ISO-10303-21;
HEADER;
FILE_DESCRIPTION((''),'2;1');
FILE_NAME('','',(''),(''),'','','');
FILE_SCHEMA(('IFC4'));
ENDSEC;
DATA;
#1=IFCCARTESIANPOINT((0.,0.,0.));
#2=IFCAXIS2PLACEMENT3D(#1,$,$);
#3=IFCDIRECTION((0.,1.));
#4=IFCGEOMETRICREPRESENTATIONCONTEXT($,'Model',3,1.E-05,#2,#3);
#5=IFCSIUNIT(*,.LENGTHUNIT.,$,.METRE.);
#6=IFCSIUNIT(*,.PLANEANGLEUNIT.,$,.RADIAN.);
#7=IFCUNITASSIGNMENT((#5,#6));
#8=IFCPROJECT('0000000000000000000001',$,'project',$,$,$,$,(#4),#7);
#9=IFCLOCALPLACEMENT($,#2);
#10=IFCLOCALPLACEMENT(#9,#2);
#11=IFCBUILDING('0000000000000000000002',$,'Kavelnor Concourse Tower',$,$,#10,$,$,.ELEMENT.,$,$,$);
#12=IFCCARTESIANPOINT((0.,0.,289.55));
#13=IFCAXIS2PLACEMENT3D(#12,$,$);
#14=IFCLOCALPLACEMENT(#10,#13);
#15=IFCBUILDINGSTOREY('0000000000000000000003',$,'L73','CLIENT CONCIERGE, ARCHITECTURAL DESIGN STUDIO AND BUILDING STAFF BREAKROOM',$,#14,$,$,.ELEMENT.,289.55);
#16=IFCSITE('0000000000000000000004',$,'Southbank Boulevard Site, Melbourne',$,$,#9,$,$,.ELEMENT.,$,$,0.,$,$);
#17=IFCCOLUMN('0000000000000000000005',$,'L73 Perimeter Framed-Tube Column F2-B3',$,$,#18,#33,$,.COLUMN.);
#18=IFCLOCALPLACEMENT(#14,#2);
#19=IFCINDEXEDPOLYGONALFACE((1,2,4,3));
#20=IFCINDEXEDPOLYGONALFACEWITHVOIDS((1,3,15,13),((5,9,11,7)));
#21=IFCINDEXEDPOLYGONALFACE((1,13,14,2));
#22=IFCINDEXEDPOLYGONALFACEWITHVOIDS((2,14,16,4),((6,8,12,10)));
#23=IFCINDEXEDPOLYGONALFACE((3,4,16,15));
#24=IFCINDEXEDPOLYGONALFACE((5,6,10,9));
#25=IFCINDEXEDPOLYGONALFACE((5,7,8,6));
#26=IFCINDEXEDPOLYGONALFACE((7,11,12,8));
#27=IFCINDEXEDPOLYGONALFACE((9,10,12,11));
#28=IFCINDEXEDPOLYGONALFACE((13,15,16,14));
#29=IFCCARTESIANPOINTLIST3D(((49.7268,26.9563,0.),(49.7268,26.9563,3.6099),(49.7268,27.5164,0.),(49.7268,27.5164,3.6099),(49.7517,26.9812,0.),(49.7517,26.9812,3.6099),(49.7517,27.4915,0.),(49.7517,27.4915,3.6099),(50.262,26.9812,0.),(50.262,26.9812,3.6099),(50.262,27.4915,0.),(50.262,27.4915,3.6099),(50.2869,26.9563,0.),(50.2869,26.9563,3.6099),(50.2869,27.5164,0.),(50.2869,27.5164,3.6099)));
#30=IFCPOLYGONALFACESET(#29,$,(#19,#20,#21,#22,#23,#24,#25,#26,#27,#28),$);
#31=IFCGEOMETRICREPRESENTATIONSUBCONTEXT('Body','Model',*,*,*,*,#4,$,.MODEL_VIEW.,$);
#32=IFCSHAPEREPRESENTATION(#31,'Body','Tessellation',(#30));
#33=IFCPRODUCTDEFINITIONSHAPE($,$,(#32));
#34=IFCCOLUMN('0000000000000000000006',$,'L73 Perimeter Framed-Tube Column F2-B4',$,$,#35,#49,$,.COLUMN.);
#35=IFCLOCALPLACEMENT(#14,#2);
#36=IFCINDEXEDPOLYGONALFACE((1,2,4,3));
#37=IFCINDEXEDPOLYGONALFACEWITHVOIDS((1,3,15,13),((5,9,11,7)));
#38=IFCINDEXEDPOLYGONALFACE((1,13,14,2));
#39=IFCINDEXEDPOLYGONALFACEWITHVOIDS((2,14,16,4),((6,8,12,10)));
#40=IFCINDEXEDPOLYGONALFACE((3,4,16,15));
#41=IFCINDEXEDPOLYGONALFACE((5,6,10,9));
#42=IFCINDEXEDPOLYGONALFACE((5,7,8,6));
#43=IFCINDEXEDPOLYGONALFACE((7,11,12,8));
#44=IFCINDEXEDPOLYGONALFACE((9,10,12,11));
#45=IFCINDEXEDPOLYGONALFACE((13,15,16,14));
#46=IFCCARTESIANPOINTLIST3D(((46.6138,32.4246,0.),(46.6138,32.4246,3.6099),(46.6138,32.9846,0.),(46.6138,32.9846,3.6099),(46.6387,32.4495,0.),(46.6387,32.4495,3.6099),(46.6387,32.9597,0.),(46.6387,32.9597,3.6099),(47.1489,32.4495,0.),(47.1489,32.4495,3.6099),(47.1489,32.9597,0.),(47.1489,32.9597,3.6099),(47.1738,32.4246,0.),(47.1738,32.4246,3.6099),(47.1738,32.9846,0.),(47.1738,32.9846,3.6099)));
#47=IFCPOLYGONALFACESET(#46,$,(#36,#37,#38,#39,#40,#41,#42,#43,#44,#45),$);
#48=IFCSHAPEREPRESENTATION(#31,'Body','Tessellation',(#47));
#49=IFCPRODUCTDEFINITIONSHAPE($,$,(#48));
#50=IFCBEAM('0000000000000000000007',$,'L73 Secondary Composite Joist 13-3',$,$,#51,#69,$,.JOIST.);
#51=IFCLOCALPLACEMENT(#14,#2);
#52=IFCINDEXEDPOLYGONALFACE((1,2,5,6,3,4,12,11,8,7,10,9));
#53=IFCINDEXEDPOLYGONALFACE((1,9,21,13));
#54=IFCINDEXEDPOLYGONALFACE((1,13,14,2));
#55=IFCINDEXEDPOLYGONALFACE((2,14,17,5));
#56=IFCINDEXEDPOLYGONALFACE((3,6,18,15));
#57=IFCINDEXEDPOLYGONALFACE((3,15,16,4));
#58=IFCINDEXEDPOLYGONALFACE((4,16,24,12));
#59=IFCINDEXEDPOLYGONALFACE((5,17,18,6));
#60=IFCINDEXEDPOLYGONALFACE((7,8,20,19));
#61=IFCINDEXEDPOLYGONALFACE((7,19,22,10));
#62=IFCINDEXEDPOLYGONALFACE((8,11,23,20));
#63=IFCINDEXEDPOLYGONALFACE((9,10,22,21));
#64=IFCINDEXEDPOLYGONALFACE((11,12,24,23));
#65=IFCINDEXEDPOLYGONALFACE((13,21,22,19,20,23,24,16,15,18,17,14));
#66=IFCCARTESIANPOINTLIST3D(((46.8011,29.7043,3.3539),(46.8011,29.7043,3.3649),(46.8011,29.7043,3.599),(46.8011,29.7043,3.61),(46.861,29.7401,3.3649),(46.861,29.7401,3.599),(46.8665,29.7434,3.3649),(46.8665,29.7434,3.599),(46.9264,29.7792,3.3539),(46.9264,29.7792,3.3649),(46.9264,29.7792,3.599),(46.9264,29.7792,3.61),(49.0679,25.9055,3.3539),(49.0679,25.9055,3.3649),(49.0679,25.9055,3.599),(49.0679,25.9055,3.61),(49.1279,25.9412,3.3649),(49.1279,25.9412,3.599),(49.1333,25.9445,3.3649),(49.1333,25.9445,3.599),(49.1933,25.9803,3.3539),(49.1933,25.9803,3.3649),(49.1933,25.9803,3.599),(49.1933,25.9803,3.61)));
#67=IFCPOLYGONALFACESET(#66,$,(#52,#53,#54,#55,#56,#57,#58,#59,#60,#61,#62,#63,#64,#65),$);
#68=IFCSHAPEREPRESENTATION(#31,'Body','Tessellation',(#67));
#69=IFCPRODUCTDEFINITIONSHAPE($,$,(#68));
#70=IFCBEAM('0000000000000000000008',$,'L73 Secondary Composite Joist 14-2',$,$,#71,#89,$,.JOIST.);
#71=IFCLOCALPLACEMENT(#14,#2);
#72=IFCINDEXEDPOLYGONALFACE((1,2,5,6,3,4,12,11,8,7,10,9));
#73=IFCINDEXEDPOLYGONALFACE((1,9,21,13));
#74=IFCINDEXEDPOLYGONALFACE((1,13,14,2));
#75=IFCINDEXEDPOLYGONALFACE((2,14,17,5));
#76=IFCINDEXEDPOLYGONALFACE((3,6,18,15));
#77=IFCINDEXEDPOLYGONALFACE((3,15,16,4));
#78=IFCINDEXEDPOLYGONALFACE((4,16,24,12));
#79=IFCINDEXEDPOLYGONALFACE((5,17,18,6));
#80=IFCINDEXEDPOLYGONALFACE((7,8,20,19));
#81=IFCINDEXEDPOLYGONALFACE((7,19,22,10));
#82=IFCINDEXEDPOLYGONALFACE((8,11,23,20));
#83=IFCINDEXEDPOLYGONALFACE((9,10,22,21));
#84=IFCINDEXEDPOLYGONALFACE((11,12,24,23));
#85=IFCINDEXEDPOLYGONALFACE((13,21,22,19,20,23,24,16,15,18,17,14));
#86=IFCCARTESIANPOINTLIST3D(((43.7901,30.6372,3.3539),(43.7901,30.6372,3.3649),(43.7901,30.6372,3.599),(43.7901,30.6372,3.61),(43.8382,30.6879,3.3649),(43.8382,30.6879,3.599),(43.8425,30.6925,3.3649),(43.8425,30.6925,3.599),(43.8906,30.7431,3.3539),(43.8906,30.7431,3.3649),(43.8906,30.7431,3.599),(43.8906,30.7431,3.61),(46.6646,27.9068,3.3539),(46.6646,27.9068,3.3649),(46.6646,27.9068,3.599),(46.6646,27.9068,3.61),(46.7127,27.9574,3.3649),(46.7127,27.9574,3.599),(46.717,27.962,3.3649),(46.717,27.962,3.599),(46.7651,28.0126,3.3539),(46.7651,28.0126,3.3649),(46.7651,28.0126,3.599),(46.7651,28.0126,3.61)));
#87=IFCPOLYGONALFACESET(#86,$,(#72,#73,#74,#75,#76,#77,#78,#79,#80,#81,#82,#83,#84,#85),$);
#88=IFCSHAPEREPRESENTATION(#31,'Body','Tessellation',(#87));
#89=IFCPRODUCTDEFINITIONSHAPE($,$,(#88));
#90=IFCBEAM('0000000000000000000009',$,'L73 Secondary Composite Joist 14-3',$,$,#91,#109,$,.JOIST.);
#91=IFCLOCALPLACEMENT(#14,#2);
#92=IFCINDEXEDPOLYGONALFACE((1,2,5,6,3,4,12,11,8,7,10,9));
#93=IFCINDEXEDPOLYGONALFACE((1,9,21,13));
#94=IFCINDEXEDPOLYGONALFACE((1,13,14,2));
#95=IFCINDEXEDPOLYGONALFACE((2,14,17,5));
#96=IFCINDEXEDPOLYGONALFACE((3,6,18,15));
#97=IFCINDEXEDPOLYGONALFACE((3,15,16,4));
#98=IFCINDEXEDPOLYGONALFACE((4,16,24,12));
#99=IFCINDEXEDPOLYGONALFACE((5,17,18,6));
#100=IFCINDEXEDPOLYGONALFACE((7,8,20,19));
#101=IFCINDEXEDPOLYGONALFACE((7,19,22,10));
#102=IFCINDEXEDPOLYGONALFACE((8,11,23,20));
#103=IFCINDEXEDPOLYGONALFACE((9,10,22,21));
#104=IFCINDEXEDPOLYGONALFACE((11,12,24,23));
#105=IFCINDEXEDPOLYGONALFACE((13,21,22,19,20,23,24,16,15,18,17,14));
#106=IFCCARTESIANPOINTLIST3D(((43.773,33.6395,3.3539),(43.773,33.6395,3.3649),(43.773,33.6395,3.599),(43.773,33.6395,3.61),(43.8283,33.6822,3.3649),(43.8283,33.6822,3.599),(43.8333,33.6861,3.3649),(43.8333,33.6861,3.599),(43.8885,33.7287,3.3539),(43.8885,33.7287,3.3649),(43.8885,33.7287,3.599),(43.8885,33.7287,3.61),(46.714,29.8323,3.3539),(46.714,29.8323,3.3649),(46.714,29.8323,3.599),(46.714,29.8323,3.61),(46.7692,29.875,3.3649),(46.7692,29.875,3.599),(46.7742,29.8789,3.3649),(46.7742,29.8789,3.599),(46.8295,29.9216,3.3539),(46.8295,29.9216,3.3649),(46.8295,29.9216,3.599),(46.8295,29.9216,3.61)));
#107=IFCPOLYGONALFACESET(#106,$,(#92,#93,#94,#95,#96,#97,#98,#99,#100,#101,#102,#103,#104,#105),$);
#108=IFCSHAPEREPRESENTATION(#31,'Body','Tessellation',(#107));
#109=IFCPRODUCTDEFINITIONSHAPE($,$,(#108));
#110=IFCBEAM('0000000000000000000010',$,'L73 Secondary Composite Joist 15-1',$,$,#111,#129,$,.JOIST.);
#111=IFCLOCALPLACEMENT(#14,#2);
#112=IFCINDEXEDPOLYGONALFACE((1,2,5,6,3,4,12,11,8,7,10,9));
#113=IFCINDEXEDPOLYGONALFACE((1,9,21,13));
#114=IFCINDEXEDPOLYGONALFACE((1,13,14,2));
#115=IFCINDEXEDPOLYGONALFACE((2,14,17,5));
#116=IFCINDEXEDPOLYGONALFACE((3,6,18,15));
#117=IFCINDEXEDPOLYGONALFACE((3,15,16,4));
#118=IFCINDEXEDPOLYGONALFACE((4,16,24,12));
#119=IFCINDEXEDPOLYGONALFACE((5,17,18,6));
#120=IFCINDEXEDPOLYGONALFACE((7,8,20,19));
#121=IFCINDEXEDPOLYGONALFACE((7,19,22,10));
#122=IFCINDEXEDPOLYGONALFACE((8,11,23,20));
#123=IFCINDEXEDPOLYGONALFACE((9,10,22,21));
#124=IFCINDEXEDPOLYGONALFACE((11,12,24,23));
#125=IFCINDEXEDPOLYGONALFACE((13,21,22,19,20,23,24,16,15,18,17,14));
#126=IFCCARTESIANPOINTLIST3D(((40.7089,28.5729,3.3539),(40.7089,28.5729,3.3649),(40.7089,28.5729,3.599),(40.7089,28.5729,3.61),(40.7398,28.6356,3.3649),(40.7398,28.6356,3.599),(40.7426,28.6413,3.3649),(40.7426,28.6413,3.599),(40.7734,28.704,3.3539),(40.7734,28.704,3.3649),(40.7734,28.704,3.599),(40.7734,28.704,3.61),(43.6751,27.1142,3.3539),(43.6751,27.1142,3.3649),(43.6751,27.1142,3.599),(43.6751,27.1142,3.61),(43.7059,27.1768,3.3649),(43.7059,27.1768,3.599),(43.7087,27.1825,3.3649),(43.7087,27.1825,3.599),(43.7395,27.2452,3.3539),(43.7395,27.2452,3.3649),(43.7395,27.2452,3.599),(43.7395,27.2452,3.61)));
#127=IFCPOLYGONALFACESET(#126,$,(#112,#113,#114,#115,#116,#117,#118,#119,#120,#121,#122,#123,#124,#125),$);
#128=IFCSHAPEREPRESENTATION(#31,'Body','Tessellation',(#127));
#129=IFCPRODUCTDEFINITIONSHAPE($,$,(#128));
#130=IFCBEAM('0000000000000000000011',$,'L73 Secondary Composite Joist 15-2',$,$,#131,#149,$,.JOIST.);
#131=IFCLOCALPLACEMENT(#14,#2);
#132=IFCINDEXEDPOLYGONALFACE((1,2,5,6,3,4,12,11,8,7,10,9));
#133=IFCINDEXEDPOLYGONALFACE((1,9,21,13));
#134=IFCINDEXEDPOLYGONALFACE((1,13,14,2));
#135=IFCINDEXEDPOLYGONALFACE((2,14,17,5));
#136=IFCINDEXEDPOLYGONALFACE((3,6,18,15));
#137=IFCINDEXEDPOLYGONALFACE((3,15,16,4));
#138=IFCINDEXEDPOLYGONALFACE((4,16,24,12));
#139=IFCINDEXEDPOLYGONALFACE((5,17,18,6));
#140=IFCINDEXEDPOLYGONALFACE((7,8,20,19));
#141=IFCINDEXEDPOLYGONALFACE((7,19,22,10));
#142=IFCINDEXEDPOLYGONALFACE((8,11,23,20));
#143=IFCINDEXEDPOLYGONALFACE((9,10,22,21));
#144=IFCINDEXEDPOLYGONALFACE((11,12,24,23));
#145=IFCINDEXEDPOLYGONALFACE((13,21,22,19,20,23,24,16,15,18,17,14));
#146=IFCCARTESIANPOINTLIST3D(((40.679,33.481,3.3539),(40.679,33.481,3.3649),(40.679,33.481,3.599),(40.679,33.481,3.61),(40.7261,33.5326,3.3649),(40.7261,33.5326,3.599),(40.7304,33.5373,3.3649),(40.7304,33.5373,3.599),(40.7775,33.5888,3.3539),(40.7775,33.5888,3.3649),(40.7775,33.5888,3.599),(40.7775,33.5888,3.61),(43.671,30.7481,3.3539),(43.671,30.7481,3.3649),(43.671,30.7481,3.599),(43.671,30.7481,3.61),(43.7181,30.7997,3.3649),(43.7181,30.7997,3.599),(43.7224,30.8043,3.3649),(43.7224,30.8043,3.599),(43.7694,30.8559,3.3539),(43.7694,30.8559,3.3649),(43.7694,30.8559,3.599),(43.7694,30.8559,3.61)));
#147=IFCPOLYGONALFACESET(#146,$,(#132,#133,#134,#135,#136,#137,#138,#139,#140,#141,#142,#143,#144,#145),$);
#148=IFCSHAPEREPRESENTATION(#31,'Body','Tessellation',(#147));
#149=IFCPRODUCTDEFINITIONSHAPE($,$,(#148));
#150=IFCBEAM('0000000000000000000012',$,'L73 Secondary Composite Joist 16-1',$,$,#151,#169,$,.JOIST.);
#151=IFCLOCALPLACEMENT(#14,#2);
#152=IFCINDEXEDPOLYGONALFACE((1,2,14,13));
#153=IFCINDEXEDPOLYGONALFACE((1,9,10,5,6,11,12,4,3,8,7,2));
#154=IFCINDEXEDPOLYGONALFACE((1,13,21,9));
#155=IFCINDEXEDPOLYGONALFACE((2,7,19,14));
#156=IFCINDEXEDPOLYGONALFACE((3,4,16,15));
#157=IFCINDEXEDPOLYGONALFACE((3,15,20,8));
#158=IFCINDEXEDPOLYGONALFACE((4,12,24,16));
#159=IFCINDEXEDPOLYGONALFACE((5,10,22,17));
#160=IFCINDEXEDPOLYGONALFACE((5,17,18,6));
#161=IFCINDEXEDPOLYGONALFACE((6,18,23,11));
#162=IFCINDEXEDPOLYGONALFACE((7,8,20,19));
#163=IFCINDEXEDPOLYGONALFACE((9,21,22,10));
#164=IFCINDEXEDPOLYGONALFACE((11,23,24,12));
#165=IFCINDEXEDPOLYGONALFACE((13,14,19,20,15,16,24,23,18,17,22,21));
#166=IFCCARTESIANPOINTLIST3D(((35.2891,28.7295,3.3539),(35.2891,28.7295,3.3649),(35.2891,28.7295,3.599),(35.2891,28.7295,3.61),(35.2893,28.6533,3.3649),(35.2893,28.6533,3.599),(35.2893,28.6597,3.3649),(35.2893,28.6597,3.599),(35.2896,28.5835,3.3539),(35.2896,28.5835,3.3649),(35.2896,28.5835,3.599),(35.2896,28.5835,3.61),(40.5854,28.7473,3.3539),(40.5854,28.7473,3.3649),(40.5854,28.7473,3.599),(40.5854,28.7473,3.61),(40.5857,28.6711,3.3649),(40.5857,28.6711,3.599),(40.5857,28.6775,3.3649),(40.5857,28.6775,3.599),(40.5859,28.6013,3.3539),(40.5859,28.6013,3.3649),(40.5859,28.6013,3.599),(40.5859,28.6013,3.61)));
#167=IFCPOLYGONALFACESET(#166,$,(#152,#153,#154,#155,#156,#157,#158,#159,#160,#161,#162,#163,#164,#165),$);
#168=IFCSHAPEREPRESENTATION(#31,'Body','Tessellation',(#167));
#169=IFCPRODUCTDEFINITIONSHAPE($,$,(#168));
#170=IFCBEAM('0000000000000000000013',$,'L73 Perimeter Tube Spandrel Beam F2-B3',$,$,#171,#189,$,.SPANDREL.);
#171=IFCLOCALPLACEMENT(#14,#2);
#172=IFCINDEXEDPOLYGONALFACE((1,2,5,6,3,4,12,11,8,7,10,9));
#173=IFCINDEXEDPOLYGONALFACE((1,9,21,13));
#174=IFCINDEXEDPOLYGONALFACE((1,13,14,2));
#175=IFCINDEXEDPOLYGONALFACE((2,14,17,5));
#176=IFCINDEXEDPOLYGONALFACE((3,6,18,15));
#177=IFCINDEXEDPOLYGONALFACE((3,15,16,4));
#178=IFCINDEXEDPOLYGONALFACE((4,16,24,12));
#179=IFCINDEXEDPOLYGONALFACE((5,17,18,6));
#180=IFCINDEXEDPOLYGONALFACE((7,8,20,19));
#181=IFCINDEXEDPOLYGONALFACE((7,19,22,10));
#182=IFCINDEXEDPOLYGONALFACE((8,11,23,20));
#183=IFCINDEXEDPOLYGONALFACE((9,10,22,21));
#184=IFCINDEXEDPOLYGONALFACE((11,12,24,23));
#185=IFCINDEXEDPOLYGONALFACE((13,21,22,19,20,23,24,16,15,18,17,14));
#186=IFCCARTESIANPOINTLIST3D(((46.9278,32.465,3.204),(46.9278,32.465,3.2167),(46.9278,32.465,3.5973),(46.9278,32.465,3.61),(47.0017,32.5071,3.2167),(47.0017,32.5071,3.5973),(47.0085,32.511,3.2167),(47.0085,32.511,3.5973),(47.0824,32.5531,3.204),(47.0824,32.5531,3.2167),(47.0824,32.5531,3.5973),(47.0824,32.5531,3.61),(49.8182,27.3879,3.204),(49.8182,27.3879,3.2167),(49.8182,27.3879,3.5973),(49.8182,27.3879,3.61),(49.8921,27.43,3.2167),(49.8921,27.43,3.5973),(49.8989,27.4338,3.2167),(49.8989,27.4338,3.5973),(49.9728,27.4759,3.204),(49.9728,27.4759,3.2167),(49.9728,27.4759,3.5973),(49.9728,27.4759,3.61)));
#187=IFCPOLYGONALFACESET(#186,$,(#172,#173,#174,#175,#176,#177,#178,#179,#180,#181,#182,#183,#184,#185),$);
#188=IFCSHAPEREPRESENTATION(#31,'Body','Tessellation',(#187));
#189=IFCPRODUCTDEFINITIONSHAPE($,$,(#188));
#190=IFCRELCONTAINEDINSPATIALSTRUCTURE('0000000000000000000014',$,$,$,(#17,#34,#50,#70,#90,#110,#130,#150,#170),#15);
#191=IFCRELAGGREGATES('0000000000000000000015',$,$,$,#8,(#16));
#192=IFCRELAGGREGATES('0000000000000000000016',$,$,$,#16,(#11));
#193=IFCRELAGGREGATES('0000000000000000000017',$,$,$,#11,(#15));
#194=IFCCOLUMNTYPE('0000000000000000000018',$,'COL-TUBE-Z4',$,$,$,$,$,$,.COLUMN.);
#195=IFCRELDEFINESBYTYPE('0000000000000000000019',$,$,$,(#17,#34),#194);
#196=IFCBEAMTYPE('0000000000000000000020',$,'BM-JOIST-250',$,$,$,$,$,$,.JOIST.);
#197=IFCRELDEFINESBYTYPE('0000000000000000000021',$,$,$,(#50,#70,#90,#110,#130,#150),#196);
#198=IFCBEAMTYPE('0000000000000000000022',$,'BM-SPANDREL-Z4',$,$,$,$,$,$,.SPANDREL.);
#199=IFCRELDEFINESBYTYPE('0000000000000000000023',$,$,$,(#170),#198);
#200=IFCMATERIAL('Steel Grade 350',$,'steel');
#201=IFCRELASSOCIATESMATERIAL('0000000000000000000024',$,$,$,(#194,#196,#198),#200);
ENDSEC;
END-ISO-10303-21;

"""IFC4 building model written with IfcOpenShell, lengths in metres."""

from ifc_helpers import new_model, si_unit, direction, frame, origin, origin_2d, place, context, subcontext, project, spatial, hollow_rectangle, i_section, extrude, material, material_profile, profile_set, type_object, element, save


model = new_model("IFC4")

# Units and contexts
model_context = context("Model", 3, precision=1e-05, world=origin(), true_north=direction((0.0, 1.0)))
body_context = subcontext(model_context, "Body", "Model", "MODEL_VIEW")
ifc_project = project(units=[si_unit("LENGTHUNIT", "METRE"), si_unit("PLANEANGLEUNIT", "RADIAN")], contexts=[model_context])

# Site, building, storey
site_placement = place(None, origin())
site = spatial("IfcSite", under=ifc_project, at=site_placement, Name="Southbank Boulevard Site, Melbourne", CompositionType="ELEMENT", RefElevation=0.0)
building_placement = place(site_placement, origin())
building = spatial("IfcBuilding", under=site, at=building_placement, Name="Kavelnor Concourse Tower", CompositionType="ELEMENT")
storey_placement = place(building_placement, frame((0.0, 0.0, 289.55)))
storey = spatial("IfcBuildingStorey", under=building, at=storey_placement, Name="L73", Description="CLIENT CONCIERGE, ARCHITECTURAL DESIGN STUDIO AND BUILDING STAFF BREAKROOM", CompositionType="ELEMENT", Elevation=289.55)

# Columns
ifc_material_1 = material(Name="Steel Grade 350", Category="steel")
ifc_material_profile_1 = material_profile(ifc_material_1, hollow_rectangle(XDim=0.5601, YDim=0.5601, WallThickness=0.0249, at=origin_2d()), Name="SHS 560x560x25")
ifc_profile_set_1 = profile_set([ifc_material_profile_1], Name="Steel Grade 350")
column_type = type_object("IfcColumnType", Name="COL-TUBE-Z4", PredefinedType="COLUMN", material=ifc_profile_set_1)
for number, where, z_axis, x_axis, name in (
    (1, (50.0068, 27.2363, 0.0), (0.0, 0.0, 1.0), (1.0, 0.0, 0.0), "L73 Perimeter Framed-Tube Column F2-B3"),
    (2, (46.8938, 32.7046, 0.0), (0.0, 0.0, 1.0), (1.0, 0.0, 0.0), "L73 Perimeter Framed-Tube Column F2-B4"),
):
    element("IfcColumn", number, at=place(storey_placement, frame(where, z_axis=z_axis, x_axis=x_axis)), inside=storey, type_object=column_type, Name=name, PredefinedType="COLUMN", context=body_context, shape_type="SweptSolid", body=[
        extrude(hollow_rectangle(XDim=0.5601, YDim=0.5601, WallThickness=0.0249, at=origin_2d()), origin(), (0.0, 0.0, 1.0), 3.6099),
    ])

# Beams
ifc_material_profile_2 = material_profile(ifc_material_1, i_section(OverallWidth=0.146, OverallDepth=0.2561, WebThickness=0.0063, FlangeThickness=0.011, at=origin_2d()), Name="250UB37")
ifc_profile_set_2 = profile_set([ifc_material_profile_2], Name="Steel Grade 350")
beam_type_1 = type_object("IfcBeamType", Name="BM-JOIST-250", PredefinedType="JOIST", material=ifc_profile_set_2)
beam_1_placement = place(storey_placement, frame((49.1306, 25.9429, 3.4819), z_axis=(-0.512425, 0.858732, 0.0), x_axis=(-0.858732, -0.512425, 0.0)))
element("IfcBeam", 3, at=beam_1_placement, inside=storey, type_object=beam_type_1, Name="L73 Secondary Composite Joist 13-3", PredefinedType="JOIST", context=body_context, shape_type="SweptSolid", body=[
    extrude(i_section(OverallWidth=0.146, OverallDepth=0.2561, WebThickness=0.0063, FlangeThickness=0.011, at=origin_2d()), origin(), (0.0, 0.0, 1.0), 4.4238),
])
beam_2_placement = place(storey_placement, frame((46.7148, 27.9597, 3.4819), z_axis=(-0.725039, 0.688707, 0.0), x_axis=(-0.688707, -0.725039, 0.0)))
element("IfcBeam", 4, at=beam_2_placement, inside=storey, type_object=beam_type_1, Name="L73 Secondary Composite Joist 14-2", PredefinedType="JOIST", context=body_context, shape_type="SweptSolid", body=[
    extrude(i_section(OverallWidth=0.146, OverallDepth=0.2561, WebThickness=0.0063, FlangeThickness=0.011, at=origin_2d()), origin(), (0.0, 0.0, 1.0), 3.9646),
])
beam_3_placement = place(storey_placement, frame((46.7717, 29.877, 3.4819), z_axis=(-0.611323, 0.791381, 0.0), x_axis=(-0.791381, -0.611323, 0.0)))
element("IfcBeam", 5, at=beam_3_placement, inside=storey, type_object=beam_type_1, Name="L73 Secondary Composite Joist 14-3", PredefinedType="JOIST", context=body_context, shape_type="SweptSolid", body=[
    extrude(i_section(OverallWidth=0.146, OverallDepth=0.2561, WebThickness=0.0063, FlangeThickness=0.011, at=origin_2d()), origin(), (0.0, 0.0, 1.0), 4.8108),
])
beam_4_placement = place(storey_placement, frame((43.7073, 27.1797, 3.4819), z_axis=(-0.897348, 0.441325, 0.0), x_axis=(-0.441325, -0.897348, 0.0)))
element("IfcBeam", 6, at=beam_4_placement, inside=storey, type_object=beam_type_1, Name="L73 Secondary Composite Joist 15-1", PredefinedType="JOIST", context=body_context, shape_type="SweptSolid", body=[
    extrude(i_section(OverallWidth=0.146, OverallDepth=0.2561, WebThickness=0.0063, FlangeThickness=0.011, at=origin_2d()), origin(), (0.0, 0.0, 1.0), 3.3054),
])
beam_5_placement = place(storey_placement, frame((43.7202, 30.802, 3.4819), z_axis=(-0.738346, 0.674422, 0.0), x_axis=(-0.674422, -0.738346, 0.0)))
element("IfcBeam", 7, at=beam_5_placement, inside=storey, type_object=beam_type_1, Name="L73 Secondary Composite Joist 15-2", PredefinedType="JOIST", context=body_context, shape_type="SweptSolid", body=[
    extrude(i_section(OverallWidth=0.146, OverallDepth=0.2561, WebThickness=0.0063, FlangeThickness=0.011, at=origin_2d()), origin(), (0.0, 0.0, 1.0), 4.0522),
])
beam_6_placement = place(storey_placement, frame((40.5857, 28.6743, 3.4819), z_axis=(-0.999994, -0.003365, 0.0), x_axis=(0.003365, -0.999994, 0.0)))
element("IfcBeam", 8, at=beam_6_placement, inside=storey, type_object=beam_type_1, Name="L73 Secondary Composite Joist 16-1", PredefinedType="JOIST", context=body_context, shape_type="SweptSolid", body=[
    extrude(i_section(OverallWidth=0.146, OverallDepth=0.2561, WebThickness=0.0063, FlangeThickness=0.011, at=origin_2d()), origin(), (0.0, 0.0, 1.0), 5.2964),
])
ifc_material_profile_3 = material_profile(ifc_material_1, i_section(OverallWidth=0.178, OverallDepth=0.406, WebThickness=0.0078, FlangeThickness=0.0127, at=origin_2d()), Name="410UB59")
ifc_profile_set_3 = profile_set([ifc_material_profile_3], Name="Steel Grade 350")
beam_type_2 = type_object("IfcBeamType", Name="BM-SPANDREL-Z4", PredefinedType="SPANDREL", material=ifc_profile_set_3)
beam_7_placement = place(storey_placement, frame((49.8955, 27.4319, 3.407), z_axis=(-0.494739, 0.869042, 0.0), x_axis=(-0.869042, -0.494739, 0.0)))
element("IfcBeam", 9, at=beam_7_placement, inside=storey, type_object=beam_type_2, Name="L73 Perimeter Tube Spandrel Beam F2-B3", PredefinedType="SPANDREL", context=body_context, shape_type="SweptSolid", body=[
    extrude(i_section(OverallWidth=0.178, OverallDepth=0.406, WebThickness=0.0078, FlangeThickness=0.0127, at=origin_2d()), origin(), (0.0, 0.0, 1.0), 5.8423),
])

save(model, "model.ifc")
